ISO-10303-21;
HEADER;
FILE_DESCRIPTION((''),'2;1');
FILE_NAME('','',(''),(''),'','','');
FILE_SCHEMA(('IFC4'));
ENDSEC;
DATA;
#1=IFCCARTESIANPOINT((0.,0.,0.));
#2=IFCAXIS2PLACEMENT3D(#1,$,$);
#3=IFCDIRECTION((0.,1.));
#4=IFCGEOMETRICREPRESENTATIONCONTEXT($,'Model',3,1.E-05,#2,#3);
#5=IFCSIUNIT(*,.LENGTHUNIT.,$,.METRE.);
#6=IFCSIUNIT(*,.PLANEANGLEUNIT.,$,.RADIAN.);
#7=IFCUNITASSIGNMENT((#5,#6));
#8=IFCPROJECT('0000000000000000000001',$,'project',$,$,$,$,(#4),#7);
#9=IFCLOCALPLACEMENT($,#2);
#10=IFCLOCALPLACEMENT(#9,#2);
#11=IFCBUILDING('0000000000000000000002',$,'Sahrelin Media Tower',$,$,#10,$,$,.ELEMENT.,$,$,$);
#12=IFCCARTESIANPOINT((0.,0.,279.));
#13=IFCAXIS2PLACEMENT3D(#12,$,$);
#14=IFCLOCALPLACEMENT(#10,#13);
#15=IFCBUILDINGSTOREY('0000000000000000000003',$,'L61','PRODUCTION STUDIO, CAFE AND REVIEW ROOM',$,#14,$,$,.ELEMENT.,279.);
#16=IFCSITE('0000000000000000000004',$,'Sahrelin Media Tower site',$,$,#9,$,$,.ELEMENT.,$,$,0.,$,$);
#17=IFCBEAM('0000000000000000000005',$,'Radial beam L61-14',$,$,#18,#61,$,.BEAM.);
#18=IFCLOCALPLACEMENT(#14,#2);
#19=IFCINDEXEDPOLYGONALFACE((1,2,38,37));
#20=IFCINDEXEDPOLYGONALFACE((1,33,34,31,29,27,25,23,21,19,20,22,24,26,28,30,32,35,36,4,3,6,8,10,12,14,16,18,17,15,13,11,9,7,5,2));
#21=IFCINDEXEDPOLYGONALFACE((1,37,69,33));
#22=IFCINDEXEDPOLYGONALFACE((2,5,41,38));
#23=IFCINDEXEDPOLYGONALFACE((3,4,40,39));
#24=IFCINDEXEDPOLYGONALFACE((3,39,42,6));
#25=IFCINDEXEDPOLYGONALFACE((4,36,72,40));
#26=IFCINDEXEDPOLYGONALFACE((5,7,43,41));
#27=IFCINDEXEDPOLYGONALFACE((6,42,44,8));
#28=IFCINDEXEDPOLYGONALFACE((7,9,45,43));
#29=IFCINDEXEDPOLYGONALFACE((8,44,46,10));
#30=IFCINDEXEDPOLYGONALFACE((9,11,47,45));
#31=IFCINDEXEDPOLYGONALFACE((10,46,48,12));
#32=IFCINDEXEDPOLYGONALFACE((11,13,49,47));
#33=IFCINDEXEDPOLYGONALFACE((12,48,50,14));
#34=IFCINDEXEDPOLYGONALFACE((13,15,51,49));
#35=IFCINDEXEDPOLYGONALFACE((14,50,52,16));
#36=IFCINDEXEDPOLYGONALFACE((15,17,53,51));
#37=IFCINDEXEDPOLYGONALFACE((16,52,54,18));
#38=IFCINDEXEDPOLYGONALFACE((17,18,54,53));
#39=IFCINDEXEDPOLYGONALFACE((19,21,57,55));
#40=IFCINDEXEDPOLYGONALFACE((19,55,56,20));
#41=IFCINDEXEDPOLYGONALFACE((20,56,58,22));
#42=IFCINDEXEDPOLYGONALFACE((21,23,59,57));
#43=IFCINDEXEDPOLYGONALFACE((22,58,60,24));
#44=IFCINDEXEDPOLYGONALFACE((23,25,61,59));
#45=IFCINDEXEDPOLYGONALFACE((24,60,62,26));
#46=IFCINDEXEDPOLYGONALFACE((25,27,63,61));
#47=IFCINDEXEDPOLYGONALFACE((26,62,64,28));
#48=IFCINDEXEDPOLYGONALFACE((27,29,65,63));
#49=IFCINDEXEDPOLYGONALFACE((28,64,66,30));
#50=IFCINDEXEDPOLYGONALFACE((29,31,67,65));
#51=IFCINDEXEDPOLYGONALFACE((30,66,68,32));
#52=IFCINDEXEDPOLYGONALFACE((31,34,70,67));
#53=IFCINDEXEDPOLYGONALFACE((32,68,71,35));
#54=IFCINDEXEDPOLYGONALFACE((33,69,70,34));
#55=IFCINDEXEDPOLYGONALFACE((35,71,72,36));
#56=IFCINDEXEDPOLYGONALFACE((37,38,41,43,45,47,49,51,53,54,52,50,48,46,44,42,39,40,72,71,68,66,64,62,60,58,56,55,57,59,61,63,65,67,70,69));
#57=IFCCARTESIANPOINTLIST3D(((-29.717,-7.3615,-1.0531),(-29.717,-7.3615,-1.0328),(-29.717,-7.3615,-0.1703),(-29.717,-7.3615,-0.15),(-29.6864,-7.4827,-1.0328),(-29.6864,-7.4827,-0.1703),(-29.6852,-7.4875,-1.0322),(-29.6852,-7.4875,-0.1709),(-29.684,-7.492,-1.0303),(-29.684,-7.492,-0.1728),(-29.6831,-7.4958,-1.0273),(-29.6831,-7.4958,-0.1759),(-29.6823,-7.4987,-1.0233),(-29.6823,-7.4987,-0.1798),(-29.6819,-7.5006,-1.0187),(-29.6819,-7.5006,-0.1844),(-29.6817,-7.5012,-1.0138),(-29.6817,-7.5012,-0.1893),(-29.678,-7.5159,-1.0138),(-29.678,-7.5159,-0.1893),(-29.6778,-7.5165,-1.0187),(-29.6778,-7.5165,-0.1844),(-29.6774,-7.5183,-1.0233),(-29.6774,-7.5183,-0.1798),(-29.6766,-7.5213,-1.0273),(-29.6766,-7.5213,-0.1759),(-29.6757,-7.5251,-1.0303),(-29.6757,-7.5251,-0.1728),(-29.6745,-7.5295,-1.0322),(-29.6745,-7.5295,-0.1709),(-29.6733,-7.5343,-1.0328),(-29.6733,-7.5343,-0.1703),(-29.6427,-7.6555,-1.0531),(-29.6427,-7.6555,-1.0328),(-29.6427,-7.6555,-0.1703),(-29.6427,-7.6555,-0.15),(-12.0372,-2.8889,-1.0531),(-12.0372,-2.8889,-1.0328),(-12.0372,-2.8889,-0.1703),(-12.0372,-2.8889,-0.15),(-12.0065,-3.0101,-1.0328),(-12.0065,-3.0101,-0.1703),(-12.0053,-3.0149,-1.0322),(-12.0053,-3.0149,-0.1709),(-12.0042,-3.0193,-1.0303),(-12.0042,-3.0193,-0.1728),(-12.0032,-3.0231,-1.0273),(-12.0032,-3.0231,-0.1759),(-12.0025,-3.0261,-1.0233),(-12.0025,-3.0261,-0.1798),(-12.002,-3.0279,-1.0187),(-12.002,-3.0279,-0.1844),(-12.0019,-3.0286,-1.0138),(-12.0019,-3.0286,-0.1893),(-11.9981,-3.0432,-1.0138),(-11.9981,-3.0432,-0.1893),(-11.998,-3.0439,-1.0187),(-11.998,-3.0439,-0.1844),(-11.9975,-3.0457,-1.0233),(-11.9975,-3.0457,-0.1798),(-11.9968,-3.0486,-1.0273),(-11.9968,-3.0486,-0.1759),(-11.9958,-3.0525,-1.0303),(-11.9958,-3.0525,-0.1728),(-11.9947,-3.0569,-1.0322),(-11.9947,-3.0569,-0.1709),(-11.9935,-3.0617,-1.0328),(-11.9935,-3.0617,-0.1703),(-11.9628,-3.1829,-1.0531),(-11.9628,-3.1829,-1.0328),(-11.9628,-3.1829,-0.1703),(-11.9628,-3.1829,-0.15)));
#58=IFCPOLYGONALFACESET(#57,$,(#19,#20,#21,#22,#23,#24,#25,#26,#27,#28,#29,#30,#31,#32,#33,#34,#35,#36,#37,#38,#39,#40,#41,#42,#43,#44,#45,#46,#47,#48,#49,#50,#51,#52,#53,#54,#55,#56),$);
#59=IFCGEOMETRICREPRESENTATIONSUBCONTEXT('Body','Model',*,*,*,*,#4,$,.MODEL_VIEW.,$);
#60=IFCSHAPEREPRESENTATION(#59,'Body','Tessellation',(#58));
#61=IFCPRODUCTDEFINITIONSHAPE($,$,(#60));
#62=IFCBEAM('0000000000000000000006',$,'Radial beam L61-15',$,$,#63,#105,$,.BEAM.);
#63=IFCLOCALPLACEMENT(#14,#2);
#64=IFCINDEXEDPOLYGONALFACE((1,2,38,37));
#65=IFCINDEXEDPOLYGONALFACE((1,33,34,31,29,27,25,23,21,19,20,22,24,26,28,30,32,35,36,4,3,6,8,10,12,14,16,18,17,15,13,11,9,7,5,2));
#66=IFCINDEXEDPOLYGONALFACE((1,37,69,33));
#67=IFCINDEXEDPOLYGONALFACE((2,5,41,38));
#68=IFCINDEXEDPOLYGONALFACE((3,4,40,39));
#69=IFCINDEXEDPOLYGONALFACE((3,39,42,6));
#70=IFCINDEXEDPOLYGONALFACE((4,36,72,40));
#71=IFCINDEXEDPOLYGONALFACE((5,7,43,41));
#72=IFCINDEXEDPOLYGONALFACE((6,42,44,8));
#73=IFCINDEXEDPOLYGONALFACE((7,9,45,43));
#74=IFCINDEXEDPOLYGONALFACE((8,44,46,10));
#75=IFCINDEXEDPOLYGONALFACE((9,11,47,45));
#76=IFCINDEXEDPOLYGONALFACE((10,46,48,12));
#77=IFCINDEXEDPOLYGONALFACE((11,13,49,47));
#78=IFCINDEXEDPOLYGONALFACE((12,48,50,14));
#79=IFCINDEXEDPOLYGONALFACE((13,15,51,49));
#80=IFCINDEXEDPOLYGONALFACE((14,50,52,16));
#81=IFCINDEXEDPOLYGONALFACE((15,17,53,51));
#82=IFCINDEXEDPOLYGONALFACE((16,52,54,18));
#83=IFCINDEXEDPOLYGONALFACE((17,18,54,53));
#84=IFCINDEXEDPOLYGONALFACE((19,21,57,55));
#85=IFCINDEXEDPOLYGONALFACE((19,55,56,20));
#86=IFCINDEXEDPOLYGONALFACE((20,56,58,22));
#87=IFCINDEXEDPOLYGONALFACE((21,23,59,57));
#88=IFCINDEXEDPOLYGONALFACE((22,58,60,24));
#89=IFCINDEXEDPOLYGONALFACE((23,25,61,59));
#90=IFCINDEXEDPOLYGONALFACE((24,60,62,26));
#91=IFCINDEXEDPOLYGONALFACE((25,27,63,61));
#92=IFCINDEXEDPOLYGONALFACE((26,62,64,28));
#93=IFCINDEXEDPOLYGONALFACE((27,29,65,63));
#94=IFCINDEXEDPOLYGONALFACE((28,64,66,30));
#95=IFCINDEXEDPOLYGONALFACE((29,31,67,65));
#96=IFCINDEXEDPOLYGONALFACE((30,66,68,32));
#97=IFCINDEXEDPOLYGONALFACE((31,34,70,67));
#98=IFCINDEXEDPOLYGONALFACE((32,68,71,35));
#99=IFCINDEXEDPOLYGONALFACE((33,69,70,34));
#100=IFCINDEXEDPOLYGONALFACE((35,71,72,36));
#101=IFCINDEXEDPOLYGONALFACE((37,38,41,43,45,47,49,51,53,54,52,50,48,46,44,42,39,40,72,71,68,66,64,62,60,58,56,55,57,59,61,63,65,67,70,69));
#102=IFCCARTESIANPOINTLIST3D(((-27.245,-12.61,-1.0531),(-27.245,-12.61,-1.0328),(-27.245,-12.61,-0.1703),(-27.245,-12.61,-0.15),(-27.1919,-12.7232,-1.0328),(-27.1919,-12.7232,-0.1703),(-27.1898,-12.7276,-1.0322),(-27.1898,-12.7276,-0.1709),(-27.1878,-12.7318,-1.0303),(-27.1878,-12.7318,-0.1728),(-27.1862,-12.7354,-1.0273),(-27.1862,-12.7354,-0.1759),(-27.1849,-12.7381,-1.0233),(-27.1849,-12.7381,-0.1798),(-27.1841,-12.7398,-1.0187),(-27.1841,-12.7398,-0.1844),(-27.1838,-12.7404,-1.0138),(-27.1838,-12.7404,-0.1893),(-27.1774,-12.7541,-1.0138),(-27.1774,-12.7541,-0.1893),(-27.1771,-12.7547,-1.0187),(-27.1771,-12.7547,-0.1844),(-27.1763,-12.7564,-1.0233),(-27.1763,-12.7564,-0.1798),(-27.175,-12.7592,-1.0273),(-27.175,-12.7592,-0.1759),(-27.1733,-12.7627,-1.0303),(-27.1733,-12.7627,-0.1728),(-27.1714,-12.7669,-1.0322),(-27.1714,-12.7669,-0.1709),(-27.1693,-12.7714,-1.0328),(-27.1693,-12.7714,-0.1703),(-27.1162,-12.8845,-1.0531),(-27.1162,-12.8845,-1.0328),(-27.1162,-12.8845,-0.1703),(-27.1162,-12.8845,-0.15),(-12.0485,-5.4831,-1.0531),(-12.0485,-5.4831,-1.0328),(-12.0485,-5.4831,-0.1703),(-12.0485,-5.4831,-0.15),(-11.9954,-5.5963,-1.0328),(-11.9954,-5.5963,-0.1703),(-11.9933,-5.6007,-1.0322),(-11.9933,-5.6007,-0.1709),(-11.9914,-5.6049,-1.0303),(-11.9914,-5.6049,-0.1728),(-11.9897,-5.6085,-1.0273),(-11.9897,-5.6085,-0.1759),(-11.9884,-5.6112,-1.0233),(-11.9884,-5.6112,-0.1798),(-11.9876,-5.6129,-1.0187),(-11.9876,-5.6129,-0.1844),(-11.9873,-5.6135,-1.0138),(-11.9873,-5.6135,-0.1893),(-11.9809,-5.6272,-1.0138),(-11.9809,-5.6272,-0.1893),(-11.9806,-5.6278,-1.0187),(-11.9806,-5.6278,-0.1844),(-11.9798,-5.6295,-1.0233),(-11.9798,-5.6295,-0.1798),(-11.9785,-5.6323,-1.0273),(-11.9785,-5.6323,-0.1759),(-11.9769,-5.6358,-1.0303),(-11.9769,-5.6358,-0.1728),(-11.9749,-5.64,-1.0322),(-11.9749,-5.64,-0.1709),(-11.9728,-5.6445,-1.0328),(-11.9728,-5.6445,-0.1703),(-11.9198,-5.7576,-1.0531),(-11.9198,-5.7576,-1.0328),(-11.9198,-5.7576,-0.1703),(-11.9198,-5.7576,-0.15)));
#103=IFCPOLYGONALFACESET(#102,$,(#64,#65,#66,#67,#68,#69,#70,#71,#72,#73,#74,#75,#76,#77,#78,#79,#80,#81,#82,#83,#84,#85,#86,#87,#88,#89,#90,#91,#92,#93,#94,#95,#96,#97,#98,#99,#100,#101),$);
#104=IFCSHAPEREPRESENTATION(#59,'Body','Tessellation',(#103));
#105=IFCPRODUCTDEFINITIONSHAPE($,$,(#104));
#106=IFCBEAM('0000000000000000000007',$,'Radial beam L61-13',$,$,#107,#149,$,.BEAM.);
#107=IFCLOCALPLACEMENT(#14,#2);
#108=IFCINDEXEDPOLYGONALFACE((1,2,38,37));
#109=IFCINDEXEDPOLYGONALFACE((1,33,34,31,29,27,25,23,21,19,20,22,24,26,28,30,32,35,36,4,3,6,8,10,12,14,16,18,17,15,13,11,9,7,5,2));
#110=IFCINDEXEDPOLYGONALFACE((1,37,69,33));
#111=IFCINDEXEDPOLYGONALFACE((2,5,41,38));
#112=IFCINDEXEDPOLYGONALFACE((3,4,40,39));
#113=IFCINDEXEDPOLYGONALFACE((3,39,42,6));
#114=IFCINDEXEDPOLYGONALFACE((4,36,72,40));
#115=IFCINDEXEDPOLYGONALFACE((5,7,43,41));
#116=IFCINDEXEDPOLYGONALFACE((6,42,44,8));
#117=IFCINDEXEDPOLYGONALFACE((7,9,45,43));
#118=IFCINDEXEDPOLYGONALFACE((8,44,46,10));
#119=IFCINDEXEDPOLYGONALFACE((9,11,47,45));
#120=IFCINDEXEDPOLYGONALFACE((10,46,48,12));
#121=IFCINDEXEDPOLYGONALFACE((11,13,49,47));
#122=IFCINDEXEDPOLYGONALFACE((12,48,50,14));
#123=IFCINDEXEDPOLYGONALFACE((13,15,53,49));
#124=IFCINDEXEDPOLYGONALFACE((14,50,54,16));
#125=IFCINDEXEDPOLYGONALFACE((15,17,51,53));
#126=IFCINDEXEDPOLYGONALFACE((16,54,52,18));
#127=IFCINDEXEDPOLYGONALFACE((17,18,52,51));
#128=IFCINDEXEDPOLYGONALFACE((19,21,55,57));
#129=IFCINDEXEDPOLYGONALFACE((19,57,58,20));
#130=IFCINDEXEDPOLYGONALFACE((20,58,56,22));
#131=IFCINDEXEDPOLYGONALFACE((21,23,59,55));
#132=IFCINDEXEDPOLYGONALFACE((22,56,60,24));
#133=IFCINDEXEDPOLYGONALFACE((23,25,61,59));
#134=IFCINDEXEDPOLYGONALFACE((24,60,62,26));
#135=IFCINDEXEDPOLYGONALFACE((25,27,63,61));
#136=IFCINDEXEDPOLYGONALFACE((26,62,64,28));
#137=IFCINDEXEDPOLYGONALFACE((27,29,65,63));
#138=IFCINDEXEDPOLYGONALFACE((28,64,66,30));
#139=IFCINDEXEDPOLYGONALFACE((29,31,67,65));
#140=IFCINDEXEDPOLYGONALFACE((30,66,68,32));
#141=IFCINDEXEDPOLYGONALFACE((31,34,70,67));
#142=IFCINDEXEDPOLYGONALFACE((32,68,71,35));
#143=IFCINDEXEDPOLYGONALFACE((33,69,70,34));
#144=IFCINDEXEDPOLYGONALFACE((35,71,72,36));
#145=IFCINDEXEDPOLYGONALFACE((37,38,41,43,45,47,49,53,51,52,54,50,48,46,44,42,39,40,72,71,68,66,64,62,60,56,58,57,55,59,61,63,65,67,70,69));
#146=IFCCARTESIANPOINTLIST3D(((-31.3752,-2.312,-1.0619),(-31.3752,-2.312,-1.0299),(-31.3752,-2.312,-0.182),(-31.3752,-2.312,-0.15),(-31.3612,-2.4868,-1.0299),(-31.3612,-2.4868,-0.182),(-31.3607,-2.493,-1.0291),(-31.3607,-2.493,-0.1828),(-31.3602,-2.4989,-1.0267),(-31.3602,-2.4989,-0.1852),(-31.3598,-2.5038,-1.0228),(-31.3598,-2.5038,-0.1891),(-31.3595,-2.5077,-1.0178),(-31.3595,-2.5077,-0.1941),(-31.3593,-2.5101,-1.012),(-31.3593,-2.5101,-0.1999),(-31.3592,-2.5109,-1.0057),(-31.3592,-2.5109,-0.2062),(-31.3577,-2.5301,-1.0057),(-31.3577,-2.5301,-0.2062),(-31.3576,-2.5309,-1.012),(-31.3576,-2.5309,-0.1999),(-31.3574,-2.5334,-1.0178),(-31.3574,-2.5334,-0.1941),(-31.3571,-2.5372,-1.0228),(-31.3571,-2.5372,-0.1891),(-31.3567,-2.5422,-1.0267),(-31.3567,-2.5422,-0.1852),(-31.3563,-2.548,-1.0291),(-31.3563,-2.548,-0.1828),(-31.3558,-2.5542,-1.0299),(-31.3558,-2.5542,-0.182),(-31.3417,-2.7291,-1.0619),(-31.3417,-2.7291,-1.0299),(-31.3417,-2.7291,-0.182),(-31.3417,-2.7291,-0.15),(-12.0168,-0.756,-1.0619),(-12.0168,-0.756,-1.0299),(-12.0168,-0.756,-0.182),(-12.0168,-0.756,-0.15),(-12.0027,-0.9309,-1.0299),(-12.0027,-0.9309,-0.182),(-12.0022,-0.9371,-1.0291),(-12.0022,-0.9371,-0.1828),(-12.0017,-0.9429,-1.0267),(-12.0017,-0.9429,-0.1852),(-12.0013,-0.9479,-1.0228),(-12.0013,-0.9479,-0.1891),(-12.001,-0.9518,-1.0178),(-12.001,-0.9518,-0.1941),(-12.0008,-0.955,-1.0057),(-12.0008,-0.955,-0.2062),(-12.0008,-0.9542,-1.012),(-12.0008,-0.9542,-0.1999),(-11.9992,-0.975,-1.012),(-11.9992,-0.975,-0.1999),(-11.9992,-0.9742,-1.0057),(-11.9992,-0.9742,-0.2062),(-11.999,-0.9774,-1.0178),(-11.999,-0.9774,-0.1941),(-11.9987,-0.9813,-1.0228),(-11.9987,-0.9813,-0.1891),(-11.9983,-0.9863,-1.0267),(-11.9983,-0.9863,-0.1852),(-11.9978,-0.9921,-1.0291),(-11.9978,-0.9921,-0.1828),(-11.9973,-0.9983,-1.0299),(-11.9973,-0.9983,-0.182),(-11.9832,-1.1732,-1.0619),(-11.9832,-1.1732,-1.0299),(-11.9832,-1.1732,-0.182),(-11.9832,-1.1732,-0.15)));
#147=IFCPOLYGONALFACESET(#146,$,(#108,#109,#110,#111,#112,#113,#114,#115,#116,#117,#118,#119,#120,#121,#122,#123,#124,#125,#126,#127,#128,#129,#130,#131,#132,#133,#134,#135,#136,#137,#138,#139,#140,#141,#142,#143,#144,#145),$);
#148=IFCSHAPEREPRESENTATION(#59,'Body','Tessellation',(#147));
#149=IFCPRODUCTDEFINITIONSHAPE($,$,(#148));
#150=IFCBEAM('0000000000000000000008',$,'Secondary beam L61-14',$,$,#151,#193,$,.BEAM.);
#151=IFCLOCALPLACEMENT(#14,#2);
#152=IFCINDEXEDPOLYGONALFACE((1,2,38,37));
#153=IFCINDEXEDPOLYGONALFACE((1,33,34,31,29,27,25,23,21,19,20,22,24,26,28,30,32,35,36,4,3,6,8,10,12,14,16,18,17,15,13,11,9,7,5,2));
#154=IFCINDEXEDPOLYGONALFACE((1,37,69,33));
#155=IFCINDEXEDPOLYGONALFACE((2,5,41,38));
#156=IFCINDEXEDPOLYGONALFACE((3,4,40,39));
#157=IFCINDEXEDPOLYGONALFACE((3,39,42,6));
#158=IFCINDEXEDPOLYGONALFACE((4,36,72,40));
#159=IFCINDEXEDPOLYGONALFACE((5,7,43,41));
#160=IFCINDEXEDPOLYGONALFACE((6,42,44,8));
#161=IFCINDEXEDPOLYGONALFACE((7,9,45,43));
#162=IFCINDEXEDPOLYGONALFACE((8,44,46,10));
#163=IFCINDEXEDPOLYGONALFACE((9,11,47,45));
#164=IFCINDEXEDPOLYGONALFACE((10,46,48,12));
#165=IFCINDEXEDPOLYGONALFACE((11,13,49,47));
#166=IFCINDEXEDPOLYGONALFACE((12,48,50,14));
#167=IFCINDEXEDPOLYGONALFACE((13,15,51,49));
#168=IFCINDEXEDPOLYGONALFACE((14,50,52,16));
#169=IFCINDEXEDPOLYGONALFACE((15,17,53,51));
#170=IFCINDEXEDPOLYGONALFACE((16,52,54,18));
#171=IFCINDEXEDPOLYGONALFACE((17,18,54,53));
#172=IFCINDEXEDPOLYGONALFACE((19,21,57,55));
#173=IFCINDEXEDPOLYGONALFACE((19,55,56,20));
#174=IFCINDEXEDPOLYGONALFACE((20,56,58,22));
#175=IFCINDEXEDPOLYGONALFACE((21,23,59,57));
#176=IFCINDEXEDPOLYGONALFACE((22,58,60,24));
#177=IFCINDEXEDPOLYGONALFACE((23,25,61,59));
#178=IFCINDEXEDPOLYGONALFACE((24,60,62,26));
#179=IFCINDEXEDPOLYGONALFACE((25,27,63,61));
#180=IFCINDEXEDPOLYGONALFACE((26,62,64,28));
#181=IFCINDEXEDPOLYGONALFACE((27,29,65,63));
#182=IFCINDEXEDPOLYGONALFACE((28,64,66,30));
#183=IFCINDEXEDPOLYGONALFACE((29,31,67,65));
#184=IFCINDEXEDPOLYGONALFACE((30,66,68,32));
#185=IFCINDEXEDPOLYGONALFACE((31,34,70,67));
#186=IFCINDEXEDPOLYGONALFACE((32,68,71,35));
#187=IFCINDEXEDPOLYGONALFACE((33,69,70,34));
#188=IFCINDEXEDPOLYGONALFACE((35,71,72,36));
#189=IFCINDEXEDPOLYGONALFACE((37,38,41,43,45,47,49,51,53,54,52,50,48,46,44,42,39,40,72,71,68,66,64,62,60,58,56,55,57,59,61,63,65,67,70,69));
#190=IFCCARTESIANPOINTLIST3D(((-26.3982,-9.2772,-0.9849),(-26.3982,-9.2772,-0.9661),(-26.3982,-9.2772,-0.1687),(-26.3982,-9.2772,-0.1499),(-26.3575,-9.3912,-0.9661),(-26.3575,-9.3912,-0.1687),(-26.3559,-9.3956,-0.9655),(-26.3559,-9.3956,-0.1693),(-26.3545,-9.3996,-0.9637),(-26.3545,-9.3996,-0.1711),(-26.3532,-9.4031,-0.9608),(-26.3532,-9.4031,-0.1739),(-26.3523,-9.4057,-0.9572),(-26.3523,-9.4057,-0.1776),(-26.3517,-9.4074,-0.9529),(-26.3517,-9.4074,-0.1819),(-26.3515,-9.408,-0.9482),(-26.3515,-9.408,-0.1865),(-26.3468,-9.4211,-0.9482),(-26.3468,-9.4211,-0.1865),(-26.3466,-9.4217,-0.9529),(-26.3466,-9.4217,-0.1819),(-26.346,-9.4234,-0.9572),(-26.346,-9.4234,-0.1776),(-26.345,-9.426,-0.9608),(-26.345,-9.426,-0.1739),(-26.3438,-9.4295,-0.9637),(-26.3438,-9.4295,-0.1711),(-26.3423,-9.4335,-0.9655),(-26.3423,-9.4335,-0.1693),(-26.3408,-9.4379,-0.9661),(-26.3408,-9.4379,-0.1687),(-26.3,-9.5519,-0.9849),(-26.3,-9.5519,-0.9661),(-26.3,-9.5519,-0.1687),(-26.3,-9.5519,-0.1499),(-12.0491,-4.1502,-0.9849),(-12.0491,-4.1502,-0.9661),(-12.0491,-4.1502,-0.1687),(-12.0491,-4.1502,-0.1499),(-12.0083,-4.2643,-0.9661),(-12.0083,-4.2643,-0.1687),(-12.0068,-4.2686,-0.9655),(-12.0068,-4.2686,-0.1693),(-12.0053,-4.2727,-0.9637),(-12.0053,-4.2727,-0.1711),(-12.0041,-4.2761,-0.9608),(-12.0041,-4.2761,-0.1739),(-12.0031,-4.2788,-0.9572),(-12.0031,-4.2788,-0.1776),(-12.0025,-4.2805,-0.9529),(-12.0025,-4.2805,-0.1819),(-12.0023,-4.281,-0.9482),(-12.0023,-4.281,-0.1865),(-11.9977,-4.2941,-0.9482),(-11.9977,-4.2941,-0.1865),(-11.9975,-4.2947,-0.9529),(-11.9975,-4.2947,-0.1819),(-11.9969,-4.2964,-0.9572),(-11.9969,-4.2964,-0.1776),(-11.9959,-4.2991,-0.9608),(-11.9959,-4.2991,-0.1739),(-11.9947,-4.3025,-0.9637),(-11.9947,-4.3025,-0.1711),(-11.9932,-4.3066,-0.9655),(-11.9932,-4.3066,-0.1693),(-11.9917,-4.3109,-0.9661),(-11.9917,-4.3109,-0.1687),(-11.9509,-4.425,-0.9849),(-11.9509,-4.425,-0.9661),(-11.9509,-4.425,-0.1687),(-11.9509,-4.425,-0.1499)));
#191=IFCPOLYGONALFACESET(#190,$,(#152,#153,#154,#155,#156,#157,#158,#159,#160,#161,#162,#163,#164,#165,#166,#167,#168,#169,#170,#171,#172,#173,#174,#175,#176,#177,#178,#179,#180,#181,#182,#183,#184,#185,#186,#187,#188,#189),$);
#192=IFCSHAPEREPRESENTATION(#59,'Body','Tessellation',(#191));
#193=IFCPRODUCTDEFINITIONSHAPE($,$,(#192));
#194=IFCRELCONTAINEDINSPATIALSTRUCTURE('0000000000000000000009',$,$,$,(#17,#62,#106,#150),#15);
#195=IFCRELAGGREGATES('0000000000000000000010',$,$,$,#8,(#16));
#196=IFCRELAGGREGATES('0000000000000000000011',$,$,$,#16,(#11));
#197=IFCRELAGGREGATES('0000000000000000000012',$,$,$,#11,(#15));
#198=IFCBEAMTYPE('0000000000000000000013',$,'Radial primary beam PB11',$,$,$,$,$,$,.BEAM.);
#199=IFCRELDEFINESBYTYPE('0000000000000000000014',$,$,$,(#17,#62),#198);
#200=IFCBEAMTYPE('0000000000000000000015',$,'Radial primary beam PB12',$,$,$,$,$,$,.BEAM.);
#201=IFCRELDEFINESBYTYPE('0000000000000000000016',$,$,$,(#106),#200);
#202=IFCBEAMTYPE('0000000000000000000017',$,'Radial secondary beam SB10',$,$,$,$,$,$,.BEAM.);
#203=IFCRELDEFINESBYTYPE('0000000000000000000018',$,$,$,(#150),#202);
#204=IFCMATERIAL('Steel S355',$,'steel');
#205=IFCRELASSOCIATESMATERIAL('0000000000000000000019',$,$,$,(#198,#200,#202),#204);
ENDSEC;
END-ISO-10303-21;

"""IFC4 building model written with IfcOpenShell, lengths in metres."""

from ifc_helpers import new_model, si_unit, direction, frame, origin, origin_2d, place, context, subcontext, project, spatial, i_section, extrude, material, material_profile, profile_set, type_object, element, save


model = new_model("IFC4")

# Units and contexts
model_context = context("Model", 3, precision=1e-05, world=origin(), true_north=direction((0.0, 1.0)))
body_context = subcontext(model_context, "Body", "Model", "MODEL_VIEW")
ifc_project = project(units=[si_unit("LENGTHUNIT", "METRE"), si_unit("PLANEANGLEUNIT", "RADIAN")], contexts=[model_context])

# Site, building, storey
site_placement = place(None, origin())
site = spatial("IfcSite", under=ifc_project, at=site_placement, Name="Sahrelin Media Tower site", CompositionType="ELEMENT", RefElevation=0.0)
building_placement = place(site_placement, origin())
building = spatial("IfcBuilding", under=site, at=building_placement, Name="Sahrelin Media Tower", CompositionType="ELEMENT")
storey_placement = place(building_placement, frame((0.0, 0.0, 279.0)))
storey = spatial("IfcBuildingStorey", under=building, at=storey_placement, Name="L61", Description="PRODUCTION STUDIO, CAFE AND REVIEW ROOM", CompositionType="ELEMENT", Elevation=279.0)

# Beams
ifc_material_1 = material(Name="Steel S355", Category="steel")
ifc_material_profile_1 = material_profile(ifc_material_1, i_section(OverallWidth=0.3032, OverallDepth=0.9031, WebThickness=0.0151, FlangeThickness=0.0203, FilletRadius=0.019, at=origin_2d()), Name="UB 914x305x201")
ifc_profile_set_1 = profile_set([ifc_material_profile_1], Name="Steel S355")
beam_type_1 = type_object("IfcBeamType", Name="Radial primary beam PB11", PredefinedType="BEAM", material=ifc_profile_set_1)
beam_1_placement = place(storey_placement, frame((-12.0, -3.0359, -0.6016), z_axis=(-0.969459, -0.245253, 0.0), x_axis=(0.245253, -0.969459, 0.0)))
element("IfcBeam", 1, at=beam_1_placement, inside=storey, type_object=beam_type_1, Name="Radial beam L61-14", PredefinedType="BEAM", context=body_context, shape_type="SweptSolid", body=[
    extrude(i_section(OverallWidth=0.3032, OverallDepth=0.9031, WebThickness=0.0151, FlangeThickness=0.0203, FilletRadius=0.019, at=origin_2d()), origin(), (0.0, 0.0, 1.0), 18.2368),
])
beam_2_placement = place(storey_placement, frame((-11.9841, -5.6204, -0.6016), z_axis=(-0.905377, -0.424609, 0.0), x_axis=(0.424609, -0.905377, 0.0)))
element("IfcBeam", 2, at=beam_2_placement, inside=storey, type_object=beam_type_1, Name="Radial beam L61-15", PredefinedType="BEAM", context=body_context, shape_type="SweptSolid", body=[
    extrude(i_section(OverallWidth=0.3032, OverallDepth=0.9031, WebThickness=0.0151, FlangeThickness=0.0203, FilletRadius=0.019, at=origin_2d()), origin(), (0.0, 0.0, 1.0), 16.7847),
])
ifc_material_profile_2 = material_profile(ifc_material_1, i_section(OverallWidth=0.4185, OverallDepth=0.9119, WebThickness=0.0193, FlangeThickness=0.032, FilletRadius=0.0242, at=origin_2d()), Name="UB 914x419x343")
ifc_profile_set_2 = profile_set([ifc_material_profile_2], Name="Steel S355")
beam_type_2 = type_object("IfcBeamType", Name="Radial primary beam PB12", PredefinedType="BEAM", material=ifc_profile_set_2)
beam_3_placement = place(storey_placement, frame((-12.0, -0.9646, -0.606), z_axis=(-0.996786, -0.080115, 0.0), x_axis=(0.080115, -0.996786, 0.0)))
element("IfcBeam", 3, at=beam_3_placement, inside=storey, type_object=beam_type_2, Name="Radial beam L61-13", PredefinedType="BEAM", context=body_context, shape_type="SweptSolid", body=[
    extrude(i_section(OverallWidth=0.4185, OverallDepth=0.9119, WebThickness=0.0193, FlangeThickness=0.032, FilletRadius=0.0242, at=origin_2d()), origin(), (0.0, 0.0, 1.0), 19.4209),
])
ifc_material_profile_3 = material_profile(ifc_material_1, i_section(OverallWidth=0.2917, OverallDepth=0.835, WebThickness=0.0139, FlangeThickness=0.0188, FilletRadius=0.0178, at=origin_2d()), Name="UB 838x292x176")
ifc_profile_set_3 = profile_set([ifc_material_profile_3], Name="Steel S355")
beam_type_3 = type_object("IfcBeamType", Name="Radial secondary beam SB10", PredefinedType="BEAM", material=ifc_profile_set_3)
beam_4_placement = place(storey_placement, frame((-12.0, -4.2876, -0.5674), z_axis=(-0.941695, -0.336468, 0.0), x_axis=(0.336468, -0.941695, 0.0)))
element("IfcBeam", 4, at=beam_4_placement, inside=storey, type_object=beam_type_3, Name="Secondary beam L61-14", PredefinedType="BEAM", context=body_context, shape_type="SweptSolid", body=[
    extrude(i_section(OverallWidth=0.2917, OverallDepth=0.835, WebThickness=0.0139, FlangeThickness=0.0188, FilletRadius=0.0178, at=origin_2d()), origin(), (0.0, 0.0, 1.0), 15.2375),
])

save(model, "model.ifc")
